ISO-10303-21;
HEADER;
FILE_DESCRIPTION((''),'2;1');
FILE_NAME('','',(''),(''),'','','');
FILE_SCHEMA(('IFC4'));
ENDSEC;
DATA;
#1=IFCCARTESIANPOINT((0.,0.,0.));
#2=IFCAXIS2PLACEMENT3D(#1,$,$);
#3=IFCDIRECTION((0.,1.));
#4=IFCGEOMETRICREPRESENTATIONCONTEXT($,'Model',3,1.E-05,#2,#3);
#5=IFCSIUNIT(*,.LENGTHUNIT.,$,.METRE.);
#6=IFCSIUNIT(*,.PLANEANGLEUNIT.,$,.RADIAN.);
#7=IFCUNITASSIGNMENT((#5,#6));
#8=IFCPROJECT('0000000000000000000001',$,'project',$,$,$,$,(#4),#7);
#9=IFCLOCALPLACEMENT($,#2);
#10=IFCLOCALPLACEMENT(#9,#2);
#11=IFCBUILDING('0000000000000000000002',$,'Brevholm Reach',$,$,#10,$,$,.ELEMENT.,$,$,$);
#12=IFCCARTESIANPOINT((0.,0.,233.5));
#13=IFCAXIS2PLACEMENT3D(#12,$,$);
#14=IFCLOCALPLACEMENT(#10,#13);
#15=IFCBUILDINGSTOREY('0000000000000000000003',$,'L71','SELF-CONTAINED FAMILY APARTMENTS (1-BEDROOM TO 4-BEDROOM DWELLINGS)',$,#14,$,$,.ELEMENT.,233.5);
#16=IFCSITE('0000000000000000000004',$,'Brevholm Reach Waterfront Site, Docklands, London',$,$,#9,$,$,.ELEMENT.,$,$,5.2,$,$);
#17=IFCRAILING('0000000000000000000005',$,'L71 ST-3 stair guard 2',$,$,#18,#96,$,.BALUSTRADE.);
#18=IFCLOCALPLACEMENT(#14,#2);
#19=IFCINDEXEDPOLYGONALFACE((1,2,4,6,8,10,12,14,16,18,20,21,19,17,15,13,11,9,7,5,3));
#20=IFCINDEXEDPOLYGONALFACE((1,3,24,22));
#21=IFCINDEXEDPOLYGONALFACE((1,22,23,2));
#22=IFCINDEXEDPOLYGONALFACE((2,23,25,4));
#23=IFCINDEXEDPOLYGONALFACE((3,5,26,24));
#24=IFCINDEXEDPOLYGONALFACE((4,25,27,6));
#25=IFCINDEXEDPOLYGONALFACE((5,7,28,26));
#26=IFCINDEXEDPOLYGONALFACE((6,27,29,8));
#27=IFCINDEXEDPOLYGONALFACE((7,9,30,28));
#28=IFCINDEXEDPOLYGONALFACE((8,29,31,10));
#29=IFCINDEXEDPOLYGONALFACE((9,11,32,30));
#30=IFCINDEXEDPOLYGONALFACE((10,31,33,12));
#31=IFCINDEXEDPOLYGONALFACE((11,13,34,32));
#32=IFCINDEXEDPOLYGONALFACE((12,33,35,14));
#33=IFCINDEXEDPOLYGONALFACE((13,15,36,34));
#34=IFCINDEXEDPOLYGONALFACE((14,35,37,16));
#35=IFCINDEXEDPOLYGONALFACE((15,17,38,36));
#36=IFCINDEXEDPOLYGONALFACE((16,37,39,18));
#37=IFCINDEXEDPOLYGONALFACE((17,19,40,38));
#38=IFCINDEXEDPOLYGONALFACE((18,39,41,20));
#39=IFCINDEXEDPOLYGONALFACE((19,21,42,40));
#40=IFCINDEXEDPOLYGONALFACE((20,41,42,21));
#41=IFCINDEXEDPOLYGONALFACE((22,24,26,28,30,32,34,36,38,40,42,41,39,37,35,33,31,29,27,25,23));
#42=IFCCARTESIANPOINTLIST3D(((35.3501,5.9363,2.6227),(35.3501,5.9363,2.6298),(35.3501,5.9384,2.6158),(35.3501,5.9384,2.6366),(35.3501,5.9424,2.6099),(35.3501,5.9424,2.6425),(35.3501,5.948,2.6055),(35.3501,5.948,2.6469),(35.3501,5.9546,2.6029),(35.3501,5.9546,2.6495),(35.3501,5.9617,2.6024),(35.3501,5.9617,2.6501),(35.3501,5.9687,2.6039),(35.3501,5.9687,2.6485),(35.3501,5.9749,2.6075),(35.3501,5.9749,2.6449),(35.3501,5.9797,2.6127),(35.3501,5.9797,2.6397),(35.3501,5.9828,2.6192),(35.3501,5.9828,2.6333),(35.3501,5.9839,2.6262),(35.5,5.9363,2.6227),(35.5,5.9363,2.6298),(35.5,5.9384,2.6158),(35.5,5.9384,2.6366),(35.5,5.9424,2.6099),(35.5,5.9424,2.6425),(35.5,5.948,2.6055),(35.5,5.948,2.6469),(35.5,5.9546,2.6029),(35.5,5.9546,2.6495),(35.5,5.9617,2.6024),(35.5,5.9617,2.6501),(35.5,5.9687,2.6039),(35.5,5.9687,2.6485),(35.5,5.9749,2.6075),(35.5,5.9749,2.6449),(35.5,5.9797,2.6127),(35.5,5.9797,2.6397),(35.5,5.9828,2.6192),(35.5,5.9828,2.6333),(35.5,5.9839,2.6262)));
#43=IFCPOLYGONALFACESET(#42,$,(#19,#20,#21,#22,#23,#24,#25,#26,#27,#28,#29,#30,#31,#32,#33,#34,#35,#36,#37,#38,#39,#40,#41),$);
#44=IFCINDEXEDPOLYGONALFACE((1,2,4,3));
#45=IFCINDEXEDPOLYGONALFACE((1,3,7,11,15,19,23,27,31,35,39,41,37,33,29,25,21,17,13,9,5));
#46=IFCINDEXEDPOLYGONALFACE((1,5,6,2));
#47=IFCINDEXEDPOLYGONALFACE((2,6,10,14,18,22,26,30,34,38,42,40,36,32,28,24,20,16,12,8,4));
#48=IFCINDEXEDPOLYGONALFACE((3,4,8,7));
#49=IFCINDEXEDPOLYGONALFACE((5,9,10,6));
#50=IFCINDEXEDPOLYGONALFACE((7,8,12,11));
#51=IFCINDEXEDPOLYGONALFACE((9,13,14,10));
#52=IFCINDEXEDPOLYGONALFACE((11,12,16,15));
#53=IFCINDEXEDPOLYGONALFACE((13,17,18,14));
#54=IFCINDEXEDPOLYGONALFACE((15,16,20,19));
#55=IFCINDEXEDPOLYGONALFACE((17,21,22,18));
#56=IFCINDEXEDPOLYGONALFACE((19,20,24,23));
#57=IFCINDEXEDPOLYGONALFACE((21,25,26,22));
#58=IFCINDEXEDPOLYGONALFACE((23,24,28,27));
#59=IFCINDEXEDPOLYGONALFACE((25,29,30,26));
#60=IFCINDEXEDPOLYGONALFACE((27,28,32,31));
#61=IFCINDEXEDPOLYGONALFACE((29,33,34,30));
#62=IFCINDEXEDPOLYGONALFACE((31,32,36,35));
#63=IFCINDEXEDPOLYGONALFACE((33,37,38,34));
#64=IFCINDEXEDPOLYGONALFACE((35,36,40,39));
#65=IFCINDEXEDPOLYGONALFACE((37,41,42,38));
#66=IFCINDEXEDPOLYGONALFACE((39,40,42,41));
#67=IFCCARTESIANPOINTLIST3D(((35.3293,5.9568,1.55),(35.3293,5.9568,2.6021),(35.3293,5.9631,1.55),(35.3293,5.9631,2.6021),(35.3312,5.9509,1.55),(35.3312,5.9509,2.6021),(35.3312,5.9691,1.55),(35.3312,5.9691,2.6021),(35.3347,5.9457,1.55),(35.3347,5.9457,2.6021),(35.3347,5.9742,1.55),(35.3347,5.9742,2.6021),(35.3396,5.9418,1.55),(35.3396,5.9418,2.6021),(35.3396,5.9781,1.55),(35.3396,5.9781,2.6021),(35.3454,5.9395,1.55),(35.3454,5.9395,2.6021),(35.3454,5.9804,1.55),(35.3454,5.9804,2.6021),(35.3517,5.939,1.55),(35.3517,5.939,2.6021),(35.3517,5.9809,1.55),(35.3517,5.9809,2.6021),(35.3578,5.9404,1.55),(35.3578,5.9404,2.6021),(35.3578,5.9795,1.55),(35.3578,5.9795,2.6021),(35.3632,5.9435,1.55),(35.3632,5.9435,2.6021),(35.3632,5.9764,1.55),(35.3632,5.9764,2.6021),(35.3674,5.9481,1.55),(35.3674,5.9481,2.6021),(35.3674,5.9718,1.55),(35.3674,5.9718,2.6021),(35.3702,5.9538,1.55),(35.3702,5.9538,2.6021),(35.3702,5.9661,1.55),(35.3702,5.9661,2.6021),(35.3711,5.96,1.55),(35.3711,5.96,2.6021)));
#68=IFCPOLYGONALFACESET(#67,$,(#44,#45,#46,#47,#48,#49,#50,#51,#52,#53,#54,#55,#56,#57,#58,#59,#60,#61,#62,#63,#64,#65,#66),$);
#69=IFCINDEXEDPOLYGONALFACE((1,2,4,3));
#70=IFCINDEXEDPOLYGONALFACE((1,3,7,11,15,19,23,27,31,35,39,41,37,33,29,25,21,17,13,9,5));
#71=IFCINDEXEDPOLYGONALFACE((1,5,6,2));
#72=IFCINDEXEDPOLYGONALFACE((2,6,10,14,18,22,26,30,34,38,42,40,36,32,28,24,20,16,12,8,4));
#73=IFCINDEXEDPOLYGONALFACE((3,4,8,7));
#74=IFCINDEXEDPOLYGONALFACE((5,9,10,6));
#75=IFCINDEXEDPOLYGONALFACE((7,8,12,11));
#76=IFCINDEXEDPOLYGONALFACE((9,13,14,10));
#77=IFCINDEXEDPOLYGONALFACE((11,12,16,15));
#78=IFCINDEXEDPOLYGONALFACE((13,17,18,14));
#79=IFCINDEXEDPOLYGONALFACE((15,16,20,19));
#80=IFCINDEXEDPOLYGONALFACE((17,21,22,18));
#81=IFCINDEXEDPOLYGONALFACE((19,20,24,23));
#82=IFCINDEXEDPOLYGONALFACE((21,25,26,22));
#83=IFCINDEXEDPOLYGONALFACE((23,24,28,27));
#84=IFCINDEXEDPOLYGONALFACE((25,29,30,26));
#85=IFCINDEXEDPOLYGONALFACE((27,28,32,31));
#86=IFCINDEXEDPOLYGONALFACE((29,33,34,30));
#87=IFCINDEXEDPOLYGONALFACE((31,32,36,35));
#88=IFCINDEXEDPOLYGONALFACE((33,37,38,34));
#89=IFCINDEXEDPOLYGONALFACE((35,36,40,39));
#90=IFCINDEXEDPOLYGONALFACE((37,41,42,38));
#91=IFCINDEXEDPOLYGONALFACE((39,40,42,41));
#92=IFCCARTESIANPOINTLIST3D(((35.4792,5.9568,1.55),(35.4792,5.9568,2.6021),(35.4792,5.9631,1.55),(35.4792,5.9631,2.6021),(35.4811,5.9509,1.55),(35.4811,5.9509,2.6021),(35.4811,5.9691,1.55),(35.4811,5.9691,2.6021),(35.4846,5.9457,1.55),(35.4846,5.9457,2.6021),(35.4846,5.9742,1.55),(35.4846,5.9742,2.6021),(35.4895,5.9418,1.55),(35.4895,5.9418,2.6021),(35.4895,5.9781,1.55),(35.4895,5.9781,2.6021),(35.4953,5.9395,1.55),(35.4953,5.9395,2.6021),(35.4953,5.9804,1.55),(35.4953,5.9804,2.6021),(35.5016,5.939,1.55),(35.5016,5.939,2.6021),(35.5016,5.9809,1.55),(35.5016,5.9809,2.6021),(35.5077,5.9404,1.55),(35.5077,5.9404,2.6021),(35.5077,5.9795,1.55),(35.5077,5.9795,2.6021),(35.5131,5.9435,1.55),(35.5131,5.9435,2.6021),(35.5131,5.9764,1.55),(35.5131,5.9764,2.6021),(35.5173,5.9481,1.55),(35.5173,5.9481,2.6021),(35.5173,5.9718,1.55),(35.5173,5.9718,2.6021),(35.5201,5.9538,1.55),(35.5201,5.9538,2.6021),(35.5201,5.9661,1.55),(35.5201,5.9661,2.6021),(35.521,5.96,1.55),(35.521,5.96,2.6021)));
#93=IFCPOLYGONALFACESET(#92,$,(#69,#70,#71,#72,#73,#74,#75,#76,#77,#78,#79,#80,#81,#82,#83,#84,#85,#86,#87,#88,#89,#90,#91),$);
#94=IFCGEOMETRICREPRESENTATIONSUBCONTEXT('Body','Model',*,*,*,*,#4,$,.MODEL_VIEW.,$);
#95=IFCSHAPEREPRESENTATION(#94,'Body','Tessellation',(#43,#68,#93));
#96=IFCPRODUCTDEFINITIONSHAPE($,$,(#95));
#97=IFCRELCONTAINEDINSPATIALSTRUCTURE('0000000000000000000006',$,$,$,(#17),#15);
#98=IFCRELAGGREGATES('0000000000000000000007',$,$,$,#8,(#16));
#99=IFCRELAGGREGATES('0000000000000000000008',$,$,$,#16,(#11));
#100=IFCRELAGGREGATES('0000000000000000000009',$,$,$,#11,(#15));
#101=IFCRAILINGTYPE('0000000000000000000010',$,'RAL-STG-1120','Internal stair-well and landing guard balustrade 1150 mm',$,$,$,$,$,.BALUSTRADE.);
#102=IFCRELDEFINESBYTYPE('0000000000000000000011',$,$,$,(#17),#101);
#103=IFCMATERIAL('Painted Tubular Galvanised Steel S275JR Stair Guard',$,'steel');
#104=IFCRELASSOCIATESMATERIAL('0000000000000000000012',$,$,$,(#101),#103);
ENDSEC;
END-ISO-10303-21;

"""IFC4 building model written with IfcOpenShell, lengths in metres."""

from ifc_helpers import new_model, si_unit, direction, frame, origin, origin_2d, place, context, subcontext, project, spatial, circle, extrude, material, type_object, element, save


model = new_model("IFC4")

# Units and contexts
model_context = context("Model", 3, precision=1e-05, world=origin(), true_north=direction((0.0, 1.0)))
body_context = subcontext(model_context, "Body", "Model", "MODEL_VIEW")
ifc_project = project(units=[si_unit("LENGTHUNIT", "METRE"), si_unit("PLANEANGLEUNIT", "RADIAN")], contexts=[model_context])

# Site, building, storey
site_placement = place(None, origin())
site = spatial("IfcSite", under=ifc_project, at=site_placement, Name="Brevholm Reach Waterfront Site, Docklands, London", CompositionType="ELEMENT", RefElevation=5.2)
building_placement = place(site_placement, origin())
building = spatial("IfcBuilding", under=site, at=building_placement, Name="Brevholm Reach", CompositionType="ELEMENT")
storey_placement = place(building_placement, frame((0.0, 0.0, 233.5)))
storey = spatial("IfcBuildingStorey", under=building, at=storey_placement, Name="L71", Description="SELF-CONTAINED FAMILY APARTMENTS (1-BEDROOM TO 4-BEDROOM DWELLINGS)", CompositionType="ELEMENT", Elevation=233.5)

# Railing
ifc_material_1 = material(Name="Painted Tubular Galvanised Steel S275JR Stair Guard", Category="steel")
railing_type_1 = type_object("IfcRailingType", Name="RAL-STG-1120", Description="Internal stair-well and landing guard balustrade 1150 mm", PredefinedType="BALUSTRADE", material=ifc_material_1)
railing_1_placement = place(storey_placement, frame((35.3501, 5.96, 1.55)))
element("IfcRailing", 1, at=railing_1_placement, inside=storey, type_object=railing_type_1, Name="L71 ST-3 stair guard 2", PredefinedType="BALUSTRADE", context=body_context, shape_type="SweptSolid", body=[
    extrude(circle(Radius=0.0239, at=origin_2d()), frame((0.0, 0.0, 1.0762), z_axis=(1.0, 0.0, 0.0), x_axis=(0.0, 1.0, 0.0)), (0.0, 0.0, 1.0), 0.1499),
    extrude(circle(Radius=0.021, at=origin_2d()), origin(), (0.0, 0.0, 1.0), 1.052),
    extrude(circle(Radius=0.021, at=origin_2d()), frame((0.1499, 0.0, 0.0)), (0.0, 0.0, 1.0), 1.052),
])

save(model, "model.ifc")
